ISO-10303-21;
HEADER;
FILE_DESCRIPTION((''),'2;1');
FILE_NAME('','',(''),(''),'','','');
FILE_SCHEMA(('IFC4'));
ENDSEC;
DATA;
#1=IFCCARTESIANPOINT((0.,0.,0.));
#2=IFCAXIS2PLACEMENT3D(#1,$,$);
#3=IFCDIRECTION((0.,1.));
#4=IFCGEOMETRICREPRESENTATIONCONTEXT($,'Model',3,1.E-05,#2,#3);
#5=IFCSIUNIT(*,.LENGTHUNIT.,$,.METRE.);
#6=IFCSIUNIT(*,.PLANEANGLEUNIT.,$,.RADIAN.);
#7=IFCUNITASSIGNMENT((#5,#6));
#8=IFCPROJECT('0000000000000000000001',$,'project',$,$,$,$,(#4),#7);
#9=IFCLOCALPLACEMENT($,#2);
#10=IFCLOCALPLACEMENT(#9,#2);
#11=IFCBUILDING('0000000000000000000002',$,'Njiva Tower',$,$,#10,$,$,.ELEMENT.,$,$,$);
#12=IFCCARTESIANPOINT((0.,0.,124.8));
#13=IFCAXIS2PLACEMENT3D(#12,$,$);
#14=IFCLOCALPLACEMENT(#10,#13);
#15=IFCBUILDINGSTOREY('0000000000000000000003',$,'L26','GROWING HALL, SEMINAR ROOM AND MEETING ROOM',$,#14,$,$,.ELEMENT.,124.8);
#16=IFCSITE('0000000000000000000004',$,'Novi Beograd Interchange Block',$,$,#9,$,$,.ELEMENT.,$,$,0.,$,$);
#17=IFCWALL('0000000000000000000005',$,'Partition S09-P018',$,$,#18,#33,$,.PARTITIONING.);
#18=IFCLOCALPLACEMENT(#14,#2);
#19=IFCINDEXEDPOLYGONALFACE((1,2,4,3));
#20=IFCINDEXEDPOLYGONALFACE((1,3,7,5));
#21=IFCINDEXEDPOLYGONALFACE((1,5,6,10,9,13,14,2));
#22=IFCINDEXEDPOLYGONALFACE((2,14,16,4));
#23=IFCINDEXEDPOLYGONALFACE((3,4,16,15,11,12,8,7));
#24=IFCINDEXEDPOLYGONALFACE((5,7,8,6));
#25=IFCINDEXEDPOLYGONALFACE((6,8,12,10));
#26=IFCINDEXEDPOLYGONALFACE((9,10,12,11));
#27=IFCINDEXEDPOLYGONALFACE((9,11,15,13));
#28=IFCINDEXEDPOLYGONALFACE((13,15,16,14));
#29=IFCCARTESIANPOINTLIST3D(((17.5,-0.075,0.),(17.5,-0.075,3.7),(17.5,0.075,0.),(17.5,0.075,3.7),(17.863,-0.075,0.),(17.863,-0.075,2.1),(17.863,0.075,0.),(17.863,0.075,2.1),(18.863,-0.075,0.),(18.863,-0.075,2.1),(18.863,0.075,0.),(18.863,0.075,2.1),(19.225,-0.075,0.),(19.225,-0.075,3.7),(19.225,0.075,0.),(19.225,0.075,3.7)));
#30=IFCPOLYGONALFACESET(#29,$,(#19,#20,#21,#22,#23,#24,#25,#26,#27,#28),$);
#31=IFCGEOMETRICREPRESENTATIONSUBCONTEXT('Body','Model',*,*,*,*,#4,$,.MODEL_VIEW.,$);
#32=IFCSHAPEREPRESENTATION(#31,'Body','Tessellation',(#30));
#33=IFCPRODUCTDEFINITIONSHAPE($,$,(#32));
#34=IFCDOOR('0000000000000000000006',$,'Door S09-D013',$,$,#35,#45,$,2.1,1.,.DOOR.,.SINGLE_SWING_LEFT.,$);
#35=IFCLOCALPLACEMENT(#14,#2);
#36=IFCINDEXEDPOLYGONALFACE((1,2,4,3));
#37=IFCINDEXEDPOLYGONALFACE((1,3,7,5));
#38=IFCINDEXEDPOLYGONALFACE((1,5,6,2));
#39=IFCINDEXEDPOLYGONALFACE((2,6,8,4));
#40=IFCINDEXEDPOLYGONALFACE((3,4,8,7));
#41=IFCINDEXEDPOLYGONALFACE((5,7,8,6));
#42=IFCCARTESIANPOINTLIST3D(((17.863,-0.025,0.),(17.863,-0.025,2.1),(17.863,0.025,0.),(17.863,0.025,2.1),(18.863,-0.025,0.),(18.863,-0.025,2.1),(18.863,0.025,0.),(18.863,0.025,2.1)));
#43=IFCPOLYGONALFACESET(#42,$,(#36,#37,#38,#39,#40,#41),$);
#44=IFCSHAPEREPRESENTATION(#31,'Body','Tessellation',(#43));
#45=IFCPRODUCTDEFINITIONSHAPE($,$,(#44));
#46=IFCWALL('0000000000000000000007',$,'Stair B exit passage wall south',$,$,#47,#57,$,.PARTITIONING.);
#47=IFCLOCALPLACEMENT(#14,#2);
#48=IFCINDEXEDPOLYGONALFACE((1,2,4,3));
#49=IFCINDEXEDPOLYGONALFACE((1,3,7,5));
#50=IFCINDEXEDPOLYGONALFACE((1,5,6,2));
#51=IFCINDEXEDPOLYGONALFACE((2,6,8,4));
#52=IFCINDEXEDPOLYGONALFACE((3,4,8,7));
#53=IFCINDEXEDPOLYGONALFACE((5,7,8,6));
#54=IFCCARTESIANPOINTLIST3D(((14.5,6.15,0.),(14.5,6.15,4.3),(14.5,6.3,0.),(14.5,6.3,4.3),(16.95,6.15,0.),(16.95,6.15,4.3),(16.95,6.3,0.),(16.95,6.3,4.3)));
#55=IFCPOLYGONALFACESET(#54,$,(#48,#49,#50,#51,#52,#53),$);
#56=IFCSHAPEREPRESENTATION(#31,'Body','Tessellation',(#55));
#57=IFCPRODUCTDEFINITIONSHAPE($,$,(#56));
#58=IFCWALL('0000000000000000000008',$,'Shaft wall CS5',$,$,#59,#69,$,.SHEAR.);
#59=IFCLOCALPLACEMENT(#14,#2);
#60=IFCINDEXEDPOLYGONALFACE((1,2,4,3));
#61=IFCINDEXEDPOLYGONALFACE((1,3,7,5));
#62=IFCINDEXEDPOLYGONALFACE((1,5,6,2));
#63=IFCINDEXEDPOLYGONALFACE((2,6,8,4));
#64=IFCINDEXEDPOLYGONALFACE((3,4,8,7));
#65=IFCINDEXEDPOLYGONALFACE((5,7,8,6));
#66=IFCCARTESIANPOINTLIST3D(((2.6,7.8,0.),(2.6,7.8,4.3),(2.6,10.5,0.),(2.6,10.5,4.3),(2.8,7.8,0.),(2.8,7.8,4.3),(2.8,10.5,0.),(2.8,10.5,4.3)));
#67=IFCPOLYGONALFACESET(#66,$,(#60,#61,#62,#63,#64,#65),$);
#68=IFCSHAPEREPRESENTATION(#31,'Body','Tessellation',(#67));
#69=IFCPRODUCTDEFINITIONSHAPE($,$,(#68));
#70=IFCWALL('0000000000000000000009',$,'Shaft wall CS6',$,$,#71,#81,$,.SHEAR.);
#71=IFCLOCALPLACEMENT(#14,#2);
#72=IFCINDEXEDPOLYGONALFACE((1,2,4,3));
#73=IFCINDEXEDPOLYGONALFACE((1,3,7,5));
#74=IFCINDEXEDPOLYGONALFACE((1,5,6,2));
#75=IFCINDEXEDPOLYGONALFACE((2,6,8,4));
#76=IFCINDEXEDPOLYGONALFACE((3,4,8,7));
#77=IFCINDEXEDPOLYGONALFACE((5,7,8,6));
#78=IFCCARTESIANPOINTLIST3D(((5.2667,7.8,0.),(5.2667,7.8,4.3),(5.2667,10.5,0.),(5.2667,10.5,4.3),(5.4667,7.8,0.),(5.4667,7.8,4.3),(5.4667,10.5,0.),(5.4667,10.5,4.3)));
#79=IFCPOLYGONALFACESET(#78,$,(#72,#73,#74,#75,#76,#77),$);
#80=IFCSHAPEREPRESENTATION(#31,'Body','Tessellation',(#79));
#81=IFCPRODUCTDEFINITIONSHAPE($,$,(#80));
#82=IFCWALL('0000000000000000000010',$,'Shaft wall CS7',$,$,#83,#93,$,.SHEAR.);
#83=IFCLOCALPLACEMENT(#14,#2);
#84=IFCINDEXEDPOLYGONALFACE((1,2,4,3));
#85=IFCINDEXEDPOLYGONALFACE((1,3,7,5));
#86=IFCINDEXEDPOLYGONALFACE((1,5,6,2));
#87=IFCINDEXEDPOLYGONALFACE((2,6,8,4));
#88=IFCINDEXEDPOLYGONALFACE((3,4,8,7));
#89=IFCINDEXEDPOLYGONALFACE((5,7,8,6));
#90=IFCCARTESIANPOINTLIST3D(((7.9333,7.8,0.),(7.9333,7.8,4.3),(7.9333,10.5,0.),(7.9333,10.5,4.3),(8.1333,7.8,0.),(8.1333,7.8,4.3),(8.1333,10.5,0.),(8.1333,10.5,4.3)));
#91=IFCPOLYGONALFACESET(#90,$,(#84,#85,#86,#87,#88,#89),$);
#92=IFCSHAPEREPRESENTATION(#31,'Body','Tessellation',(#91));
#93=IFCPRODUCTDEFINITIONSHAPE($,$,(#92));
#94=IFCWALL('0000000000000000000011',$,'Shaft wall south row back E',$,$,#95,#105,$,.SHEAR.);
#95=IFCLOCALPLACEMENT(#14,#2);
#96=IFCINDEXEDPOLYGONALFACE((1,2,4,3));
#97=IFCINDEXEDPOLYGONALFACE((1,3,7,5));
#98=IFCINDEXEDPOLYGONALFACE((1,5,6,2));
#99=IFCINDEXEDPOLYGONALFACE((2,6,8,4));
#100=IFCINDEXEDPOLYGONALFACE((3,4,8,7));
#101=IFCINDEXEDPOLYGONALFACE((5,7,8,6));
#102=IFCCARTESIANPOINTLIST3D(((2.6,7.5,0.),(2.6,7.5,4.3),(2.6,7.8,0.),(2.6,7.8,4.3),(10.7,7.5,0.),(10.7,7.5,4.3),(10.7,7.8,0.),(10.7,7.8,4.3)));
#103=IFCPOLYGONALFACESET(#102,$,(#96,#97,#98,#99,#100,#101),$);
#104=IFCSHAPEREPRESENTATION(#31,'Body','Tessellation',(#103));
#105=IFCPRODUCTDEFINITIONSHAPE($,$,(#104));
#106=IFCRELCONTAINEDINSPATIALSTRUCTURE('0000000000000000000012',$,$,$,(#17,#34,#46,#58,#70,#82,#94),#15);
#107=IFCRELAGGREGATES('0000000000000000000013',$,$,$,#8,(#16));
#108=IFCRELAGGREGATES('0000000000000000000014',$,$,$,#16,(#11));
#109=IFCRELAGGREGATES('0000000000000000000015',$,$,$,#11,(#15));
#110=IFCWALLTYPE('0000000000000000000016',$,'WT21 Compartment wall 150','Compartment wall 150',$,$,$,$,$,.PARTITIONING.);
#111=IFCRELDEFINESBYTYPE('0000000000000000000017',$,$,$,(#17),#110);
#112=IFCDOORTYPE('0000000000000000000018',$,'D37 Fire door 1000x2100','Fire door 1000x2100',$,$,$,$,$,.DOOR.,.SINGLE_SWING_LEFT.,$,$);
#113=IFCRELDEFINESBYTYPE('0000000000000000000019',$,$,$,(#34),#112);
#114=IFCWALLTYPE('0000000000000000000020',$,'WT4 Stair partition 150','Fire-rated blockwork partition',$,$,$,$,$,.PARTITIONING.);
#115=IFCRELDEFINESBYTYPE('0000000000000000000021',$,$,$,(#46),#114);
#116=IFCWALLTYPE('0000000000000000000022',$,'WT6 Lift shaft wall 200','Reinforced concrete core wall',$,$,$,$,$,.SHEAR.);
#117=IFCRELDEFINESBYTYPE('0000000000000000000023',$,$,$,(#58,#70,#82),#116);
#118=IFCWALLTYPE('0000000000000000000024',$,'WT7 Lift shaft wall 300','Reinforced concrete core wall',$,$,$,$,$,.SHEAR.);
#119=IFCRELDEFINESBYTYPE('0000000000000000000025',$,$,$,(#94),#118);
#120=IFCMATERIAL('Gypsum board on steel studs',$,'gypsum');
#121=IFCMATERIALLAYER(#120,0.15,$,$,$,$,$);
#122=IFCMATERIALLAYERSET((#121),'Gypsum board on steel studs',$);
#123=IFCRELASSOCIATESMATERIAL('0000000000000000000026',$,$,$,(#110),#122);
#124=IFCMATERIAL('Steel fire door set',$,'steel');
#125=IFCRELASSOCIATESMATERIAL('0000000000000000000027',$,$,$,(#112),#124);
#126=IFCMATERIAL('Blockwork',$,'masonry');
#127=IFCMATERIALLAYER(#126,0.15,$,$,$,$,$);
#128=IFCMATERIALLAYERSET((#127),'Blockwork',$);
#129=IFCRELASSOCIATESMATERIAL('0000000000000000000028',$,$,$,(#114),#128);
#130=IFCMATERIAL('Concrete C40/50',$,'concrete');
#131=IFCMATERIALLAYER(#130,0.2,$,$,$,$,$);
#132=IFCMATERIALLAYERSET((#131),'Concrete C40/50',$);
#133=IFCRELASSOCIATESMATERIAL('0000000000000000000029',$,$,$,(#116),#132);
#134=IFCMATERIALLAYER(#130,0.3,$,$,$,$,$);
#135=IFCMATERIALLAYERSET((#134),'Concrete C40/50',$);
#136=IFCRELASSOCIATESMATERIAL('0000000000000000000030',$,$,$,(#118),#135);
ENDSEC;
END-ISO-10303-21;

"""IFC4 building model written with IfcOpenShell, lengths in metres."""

from ifc_helpers import new_model, si_unit, direction, frame, frame_2d, origin, place, context, subcontext, project, spatial, rectangle, extrude, material, layer, layer_set, type_object, element, fill, save


model = new_model("IFC4")

# Units and contexts
model_context = context("Model", 3, precision=1e-05, world=origin(), true_north=direction((0.0, 1.0)))
body_context = subcontext(model_context, "Body", "Model", "MODEL_VIEW")
ifc_project = project(units=[si_unit("LENGTHUNIT", "METRE"), si_unit("PLANEANGLEUNIT", "RADIAN")], contexts=[model_context])

# Site, building, storey
site_placement = place(None, origin())
site = spatial("IfcSite", under=ifc_project, at=site_placement, Name="Novi Beograd Interchange Block", CompositionType="ELEMENT", RefElevation=0.0)
building_placement = place(site_placement, origin())
building = spatial("IfcBuilding", under=site, at=building_placement, Name="Njiva Tower", CompositionType="ELEMENT")
storey_placement = place(building_placement, frame((0.0, 0.0, 124.8)))
storey = spatial("IfcBuildingStorey", under=building, at=storey_placement, Name="L26", Description="GROWING HALL, SEMINAR ROOM AND MEETING ROOM", CompositionType="ELEMENT", Elevation=124.8)

# Shared definitions
ifc_material_1 = material(Name="Blockwork", Category="masonry")

# Shared definitions
ifc_material_2 = material(Name="Concrete C40/50", Category="concrete")

# Wall, opening, door
ifc_material_3 = material(Name="Gypsum board on steel studs", Category="gypsum")
ifc_layer_1 = layer(ifc_material_3, 0.15)
ifc_layer_set_1 = layer_set([ifc_layer_1], Name="Gypsum board on steel studs")
wall_type_1 = type_object("IfcWallType", Name="WT21 Compartment wall 150", Description="Compartment wall 150", PredefinedType="PARTITIONING", material=ifc_layer_set_1)
wall_1_placement = place(storey_placement, frame((17.5, 0.0, 0.0), z_axis=(0.0, 0.0, 1.0), x_axis=(1.0, 0.0, 0.0)))
wall_1 = element("IfcWall", 1, at=wall_1_placement, inside=storey, type_object=wall_type_1, Name="Partition S09-P018", PredefinedType="PARTITIONING", context=body_context, shape_type="SweptSolid", body=[
    extrude(rectangle(XDim=1.725, YDim=0.15, at=frame_2d((0.8625, 0.0))), origin(), (0.0, 0.0, 1.0), 3.7),
])
opening_1_placement = place(wall_1_placement, frame((0.363, 0.0, 0.0)))
opening_1 = element("IfcOpeningElement", 2, at=opening_1_placement, cuts=wall_1, PredefinedType="OPENING", context=body_context, shape_type="SweptSolid", body=[
    extrude(rectangle(XDim=1.0, YDim=2.1, at=frame_2d((0.5, 1.05))), frame((0.0, 0.085, 0.0), z_axis=(0.0, -1.0, 0.0), x_axis=(1.0, 0.0, 0.0)), (0.0, 0.0, 1.0), 0.17),
])
ifc_material_4 = material(Name="Steel fire door set", Category="steel")
door_type_1 = type_object("IfcDoorType", Name="D37 Fire door 1000x2100", Description="Fire door 1000x2100", OperationType="SINGLE_SWING_LEFT", PredefinedType="DOOR", material=ifc_material_4)
door_1_placement = place(opening_1_placement, origin())
door_1 = element("IfcDoor", 3, at=door_1_placement, inside=storey, type_object=door_type_1, Name="Door S09-D013", OperationType="SINGLE_SWING_LEFT", OverallHeight=2.1, OverallWidth=1.0, PredefinedType="DOOR", context=body_context, shape_type="SweptSolid", body=[
    extrude(rectangle(XDim=1.0, YDim=2.1, at=frame_2d((0.5, 1.05))), frame((0.0, 0.025, 0.0), z_axis=(0.0, -1.0, 0.0), x_axis=(1.0, 0.0, 0.0)), (0.0, 0.0, 1.0), 0.05),
])
fill(opening_1, door_1)

# Walls
ifc_layer_2 = layer(ifc_material_1, 0.15)
ifc_layer_set_2 = layer_set([ifc_layer_2], Name="Blockwork")
wall_type_2 = type_object("IfcWallType", Name="WT4 Stair partition 150", Description="Fire-rated blockwork partition", PredefinedType="PARTITIONING", material=ifc_layer_set_2)
wall_2_placement = place(storey_placement, frame((14.5, 6.225, 0.0), z_axis=(0.0, 0.0, 1.0), x_axis=(1.0, 0.0, 0.0)))
element("IfcWall", 4, at=wall_2_placement, inside=storey, type_object=wall_type_2, Name="Stair B exit passage wall south", PredefinedType="PARTITIONING", context=body_context, shape_type="SweptSolid", body=[
    extrude(rectangle(XDim=2.45, YDim=0.15, at=frame_2d((1.225, 0.0))), origin(), (0.0, 0.0, 1.0), 4.3),
])
ifc_layer_3 = layer(ifc_material_2, 0.2)
ifc_layer_set_3 = layer_set([ifc_layer_3], Name="Concrete C40/50")
wall_type_3 = type_object("IfcWallType", Name="WT6 Lift shaft wall 200", Description="Reinforced concrete core wall", PredefinedType="SHEAR", material=ifc_layer_set_3)
for number, where, z_axis, x_axis, name in (
    (5, (2.7, 7.8, 0.0), (0.0, 0.0, 1.0), (0.0, 1.0, 0.0), "Shaft wall CS5"),
    (6, (5.3667, 7.8, 0.0), (0.0, 0.0, 1.0), (0.0, 1.0, 0.0), "Shaft wall CS6"),
    (7, (8.0333, 7.8, 0.0), (0.0, 0.0, 1.0), (0.0, 1.0, 0.0), "Shaft wall CS7"),
):
    element("IfcWall", number, at=place(storey_placement, frame(where, z_axis=z_axis, x_axis=x_axis)), inside=storey, type_object=wall_type_3, Name=name, PredefinedType="SHEAR", context=body_context, shape_type="SweptSolid", body=[
        extrude(rectangle(XDim=2.7, YDim=0.2, at=frame_2d((1.35, 0.0))), origin(), (0.0, 0.0, 1.0), 4.3),
    ])
ifc_layer_4 = layer(ifc_material_2, 0.3)
ifc_layer_set_4 = layer_set([ifc_layer_4], Name="Concrete C40/50")
wall_type_4 = type_object("IfcWallType", Name="WT7 Lift shaft wall 300", Description="Reinforced concrete core wall", PredefinedType="SHEAR", material=ifc_layer_set_4)
wall_3_placement = place(storey_placement, frame((2.6, 7.65, 0.0), z_axis=(0.0, 0.0, 1.0), x_axis=(1.0, 0.0, 0.0)))
element("IfcWall", 8, at=wall_3_placement, inside=storey, type_object=wall_type_4, Name="Shaft wall south row back E", PredefinedType="SHEAR", context=body_context, shape_type="SweptSolid", body=[
    extrude(rectangle(XDim=8.1, YDim=0.3, at=frame_2d((4.05, 0.0))), origin(), (0.0, 0.0, 1.0), 4.3),
])

save(model, "model.ifc")
